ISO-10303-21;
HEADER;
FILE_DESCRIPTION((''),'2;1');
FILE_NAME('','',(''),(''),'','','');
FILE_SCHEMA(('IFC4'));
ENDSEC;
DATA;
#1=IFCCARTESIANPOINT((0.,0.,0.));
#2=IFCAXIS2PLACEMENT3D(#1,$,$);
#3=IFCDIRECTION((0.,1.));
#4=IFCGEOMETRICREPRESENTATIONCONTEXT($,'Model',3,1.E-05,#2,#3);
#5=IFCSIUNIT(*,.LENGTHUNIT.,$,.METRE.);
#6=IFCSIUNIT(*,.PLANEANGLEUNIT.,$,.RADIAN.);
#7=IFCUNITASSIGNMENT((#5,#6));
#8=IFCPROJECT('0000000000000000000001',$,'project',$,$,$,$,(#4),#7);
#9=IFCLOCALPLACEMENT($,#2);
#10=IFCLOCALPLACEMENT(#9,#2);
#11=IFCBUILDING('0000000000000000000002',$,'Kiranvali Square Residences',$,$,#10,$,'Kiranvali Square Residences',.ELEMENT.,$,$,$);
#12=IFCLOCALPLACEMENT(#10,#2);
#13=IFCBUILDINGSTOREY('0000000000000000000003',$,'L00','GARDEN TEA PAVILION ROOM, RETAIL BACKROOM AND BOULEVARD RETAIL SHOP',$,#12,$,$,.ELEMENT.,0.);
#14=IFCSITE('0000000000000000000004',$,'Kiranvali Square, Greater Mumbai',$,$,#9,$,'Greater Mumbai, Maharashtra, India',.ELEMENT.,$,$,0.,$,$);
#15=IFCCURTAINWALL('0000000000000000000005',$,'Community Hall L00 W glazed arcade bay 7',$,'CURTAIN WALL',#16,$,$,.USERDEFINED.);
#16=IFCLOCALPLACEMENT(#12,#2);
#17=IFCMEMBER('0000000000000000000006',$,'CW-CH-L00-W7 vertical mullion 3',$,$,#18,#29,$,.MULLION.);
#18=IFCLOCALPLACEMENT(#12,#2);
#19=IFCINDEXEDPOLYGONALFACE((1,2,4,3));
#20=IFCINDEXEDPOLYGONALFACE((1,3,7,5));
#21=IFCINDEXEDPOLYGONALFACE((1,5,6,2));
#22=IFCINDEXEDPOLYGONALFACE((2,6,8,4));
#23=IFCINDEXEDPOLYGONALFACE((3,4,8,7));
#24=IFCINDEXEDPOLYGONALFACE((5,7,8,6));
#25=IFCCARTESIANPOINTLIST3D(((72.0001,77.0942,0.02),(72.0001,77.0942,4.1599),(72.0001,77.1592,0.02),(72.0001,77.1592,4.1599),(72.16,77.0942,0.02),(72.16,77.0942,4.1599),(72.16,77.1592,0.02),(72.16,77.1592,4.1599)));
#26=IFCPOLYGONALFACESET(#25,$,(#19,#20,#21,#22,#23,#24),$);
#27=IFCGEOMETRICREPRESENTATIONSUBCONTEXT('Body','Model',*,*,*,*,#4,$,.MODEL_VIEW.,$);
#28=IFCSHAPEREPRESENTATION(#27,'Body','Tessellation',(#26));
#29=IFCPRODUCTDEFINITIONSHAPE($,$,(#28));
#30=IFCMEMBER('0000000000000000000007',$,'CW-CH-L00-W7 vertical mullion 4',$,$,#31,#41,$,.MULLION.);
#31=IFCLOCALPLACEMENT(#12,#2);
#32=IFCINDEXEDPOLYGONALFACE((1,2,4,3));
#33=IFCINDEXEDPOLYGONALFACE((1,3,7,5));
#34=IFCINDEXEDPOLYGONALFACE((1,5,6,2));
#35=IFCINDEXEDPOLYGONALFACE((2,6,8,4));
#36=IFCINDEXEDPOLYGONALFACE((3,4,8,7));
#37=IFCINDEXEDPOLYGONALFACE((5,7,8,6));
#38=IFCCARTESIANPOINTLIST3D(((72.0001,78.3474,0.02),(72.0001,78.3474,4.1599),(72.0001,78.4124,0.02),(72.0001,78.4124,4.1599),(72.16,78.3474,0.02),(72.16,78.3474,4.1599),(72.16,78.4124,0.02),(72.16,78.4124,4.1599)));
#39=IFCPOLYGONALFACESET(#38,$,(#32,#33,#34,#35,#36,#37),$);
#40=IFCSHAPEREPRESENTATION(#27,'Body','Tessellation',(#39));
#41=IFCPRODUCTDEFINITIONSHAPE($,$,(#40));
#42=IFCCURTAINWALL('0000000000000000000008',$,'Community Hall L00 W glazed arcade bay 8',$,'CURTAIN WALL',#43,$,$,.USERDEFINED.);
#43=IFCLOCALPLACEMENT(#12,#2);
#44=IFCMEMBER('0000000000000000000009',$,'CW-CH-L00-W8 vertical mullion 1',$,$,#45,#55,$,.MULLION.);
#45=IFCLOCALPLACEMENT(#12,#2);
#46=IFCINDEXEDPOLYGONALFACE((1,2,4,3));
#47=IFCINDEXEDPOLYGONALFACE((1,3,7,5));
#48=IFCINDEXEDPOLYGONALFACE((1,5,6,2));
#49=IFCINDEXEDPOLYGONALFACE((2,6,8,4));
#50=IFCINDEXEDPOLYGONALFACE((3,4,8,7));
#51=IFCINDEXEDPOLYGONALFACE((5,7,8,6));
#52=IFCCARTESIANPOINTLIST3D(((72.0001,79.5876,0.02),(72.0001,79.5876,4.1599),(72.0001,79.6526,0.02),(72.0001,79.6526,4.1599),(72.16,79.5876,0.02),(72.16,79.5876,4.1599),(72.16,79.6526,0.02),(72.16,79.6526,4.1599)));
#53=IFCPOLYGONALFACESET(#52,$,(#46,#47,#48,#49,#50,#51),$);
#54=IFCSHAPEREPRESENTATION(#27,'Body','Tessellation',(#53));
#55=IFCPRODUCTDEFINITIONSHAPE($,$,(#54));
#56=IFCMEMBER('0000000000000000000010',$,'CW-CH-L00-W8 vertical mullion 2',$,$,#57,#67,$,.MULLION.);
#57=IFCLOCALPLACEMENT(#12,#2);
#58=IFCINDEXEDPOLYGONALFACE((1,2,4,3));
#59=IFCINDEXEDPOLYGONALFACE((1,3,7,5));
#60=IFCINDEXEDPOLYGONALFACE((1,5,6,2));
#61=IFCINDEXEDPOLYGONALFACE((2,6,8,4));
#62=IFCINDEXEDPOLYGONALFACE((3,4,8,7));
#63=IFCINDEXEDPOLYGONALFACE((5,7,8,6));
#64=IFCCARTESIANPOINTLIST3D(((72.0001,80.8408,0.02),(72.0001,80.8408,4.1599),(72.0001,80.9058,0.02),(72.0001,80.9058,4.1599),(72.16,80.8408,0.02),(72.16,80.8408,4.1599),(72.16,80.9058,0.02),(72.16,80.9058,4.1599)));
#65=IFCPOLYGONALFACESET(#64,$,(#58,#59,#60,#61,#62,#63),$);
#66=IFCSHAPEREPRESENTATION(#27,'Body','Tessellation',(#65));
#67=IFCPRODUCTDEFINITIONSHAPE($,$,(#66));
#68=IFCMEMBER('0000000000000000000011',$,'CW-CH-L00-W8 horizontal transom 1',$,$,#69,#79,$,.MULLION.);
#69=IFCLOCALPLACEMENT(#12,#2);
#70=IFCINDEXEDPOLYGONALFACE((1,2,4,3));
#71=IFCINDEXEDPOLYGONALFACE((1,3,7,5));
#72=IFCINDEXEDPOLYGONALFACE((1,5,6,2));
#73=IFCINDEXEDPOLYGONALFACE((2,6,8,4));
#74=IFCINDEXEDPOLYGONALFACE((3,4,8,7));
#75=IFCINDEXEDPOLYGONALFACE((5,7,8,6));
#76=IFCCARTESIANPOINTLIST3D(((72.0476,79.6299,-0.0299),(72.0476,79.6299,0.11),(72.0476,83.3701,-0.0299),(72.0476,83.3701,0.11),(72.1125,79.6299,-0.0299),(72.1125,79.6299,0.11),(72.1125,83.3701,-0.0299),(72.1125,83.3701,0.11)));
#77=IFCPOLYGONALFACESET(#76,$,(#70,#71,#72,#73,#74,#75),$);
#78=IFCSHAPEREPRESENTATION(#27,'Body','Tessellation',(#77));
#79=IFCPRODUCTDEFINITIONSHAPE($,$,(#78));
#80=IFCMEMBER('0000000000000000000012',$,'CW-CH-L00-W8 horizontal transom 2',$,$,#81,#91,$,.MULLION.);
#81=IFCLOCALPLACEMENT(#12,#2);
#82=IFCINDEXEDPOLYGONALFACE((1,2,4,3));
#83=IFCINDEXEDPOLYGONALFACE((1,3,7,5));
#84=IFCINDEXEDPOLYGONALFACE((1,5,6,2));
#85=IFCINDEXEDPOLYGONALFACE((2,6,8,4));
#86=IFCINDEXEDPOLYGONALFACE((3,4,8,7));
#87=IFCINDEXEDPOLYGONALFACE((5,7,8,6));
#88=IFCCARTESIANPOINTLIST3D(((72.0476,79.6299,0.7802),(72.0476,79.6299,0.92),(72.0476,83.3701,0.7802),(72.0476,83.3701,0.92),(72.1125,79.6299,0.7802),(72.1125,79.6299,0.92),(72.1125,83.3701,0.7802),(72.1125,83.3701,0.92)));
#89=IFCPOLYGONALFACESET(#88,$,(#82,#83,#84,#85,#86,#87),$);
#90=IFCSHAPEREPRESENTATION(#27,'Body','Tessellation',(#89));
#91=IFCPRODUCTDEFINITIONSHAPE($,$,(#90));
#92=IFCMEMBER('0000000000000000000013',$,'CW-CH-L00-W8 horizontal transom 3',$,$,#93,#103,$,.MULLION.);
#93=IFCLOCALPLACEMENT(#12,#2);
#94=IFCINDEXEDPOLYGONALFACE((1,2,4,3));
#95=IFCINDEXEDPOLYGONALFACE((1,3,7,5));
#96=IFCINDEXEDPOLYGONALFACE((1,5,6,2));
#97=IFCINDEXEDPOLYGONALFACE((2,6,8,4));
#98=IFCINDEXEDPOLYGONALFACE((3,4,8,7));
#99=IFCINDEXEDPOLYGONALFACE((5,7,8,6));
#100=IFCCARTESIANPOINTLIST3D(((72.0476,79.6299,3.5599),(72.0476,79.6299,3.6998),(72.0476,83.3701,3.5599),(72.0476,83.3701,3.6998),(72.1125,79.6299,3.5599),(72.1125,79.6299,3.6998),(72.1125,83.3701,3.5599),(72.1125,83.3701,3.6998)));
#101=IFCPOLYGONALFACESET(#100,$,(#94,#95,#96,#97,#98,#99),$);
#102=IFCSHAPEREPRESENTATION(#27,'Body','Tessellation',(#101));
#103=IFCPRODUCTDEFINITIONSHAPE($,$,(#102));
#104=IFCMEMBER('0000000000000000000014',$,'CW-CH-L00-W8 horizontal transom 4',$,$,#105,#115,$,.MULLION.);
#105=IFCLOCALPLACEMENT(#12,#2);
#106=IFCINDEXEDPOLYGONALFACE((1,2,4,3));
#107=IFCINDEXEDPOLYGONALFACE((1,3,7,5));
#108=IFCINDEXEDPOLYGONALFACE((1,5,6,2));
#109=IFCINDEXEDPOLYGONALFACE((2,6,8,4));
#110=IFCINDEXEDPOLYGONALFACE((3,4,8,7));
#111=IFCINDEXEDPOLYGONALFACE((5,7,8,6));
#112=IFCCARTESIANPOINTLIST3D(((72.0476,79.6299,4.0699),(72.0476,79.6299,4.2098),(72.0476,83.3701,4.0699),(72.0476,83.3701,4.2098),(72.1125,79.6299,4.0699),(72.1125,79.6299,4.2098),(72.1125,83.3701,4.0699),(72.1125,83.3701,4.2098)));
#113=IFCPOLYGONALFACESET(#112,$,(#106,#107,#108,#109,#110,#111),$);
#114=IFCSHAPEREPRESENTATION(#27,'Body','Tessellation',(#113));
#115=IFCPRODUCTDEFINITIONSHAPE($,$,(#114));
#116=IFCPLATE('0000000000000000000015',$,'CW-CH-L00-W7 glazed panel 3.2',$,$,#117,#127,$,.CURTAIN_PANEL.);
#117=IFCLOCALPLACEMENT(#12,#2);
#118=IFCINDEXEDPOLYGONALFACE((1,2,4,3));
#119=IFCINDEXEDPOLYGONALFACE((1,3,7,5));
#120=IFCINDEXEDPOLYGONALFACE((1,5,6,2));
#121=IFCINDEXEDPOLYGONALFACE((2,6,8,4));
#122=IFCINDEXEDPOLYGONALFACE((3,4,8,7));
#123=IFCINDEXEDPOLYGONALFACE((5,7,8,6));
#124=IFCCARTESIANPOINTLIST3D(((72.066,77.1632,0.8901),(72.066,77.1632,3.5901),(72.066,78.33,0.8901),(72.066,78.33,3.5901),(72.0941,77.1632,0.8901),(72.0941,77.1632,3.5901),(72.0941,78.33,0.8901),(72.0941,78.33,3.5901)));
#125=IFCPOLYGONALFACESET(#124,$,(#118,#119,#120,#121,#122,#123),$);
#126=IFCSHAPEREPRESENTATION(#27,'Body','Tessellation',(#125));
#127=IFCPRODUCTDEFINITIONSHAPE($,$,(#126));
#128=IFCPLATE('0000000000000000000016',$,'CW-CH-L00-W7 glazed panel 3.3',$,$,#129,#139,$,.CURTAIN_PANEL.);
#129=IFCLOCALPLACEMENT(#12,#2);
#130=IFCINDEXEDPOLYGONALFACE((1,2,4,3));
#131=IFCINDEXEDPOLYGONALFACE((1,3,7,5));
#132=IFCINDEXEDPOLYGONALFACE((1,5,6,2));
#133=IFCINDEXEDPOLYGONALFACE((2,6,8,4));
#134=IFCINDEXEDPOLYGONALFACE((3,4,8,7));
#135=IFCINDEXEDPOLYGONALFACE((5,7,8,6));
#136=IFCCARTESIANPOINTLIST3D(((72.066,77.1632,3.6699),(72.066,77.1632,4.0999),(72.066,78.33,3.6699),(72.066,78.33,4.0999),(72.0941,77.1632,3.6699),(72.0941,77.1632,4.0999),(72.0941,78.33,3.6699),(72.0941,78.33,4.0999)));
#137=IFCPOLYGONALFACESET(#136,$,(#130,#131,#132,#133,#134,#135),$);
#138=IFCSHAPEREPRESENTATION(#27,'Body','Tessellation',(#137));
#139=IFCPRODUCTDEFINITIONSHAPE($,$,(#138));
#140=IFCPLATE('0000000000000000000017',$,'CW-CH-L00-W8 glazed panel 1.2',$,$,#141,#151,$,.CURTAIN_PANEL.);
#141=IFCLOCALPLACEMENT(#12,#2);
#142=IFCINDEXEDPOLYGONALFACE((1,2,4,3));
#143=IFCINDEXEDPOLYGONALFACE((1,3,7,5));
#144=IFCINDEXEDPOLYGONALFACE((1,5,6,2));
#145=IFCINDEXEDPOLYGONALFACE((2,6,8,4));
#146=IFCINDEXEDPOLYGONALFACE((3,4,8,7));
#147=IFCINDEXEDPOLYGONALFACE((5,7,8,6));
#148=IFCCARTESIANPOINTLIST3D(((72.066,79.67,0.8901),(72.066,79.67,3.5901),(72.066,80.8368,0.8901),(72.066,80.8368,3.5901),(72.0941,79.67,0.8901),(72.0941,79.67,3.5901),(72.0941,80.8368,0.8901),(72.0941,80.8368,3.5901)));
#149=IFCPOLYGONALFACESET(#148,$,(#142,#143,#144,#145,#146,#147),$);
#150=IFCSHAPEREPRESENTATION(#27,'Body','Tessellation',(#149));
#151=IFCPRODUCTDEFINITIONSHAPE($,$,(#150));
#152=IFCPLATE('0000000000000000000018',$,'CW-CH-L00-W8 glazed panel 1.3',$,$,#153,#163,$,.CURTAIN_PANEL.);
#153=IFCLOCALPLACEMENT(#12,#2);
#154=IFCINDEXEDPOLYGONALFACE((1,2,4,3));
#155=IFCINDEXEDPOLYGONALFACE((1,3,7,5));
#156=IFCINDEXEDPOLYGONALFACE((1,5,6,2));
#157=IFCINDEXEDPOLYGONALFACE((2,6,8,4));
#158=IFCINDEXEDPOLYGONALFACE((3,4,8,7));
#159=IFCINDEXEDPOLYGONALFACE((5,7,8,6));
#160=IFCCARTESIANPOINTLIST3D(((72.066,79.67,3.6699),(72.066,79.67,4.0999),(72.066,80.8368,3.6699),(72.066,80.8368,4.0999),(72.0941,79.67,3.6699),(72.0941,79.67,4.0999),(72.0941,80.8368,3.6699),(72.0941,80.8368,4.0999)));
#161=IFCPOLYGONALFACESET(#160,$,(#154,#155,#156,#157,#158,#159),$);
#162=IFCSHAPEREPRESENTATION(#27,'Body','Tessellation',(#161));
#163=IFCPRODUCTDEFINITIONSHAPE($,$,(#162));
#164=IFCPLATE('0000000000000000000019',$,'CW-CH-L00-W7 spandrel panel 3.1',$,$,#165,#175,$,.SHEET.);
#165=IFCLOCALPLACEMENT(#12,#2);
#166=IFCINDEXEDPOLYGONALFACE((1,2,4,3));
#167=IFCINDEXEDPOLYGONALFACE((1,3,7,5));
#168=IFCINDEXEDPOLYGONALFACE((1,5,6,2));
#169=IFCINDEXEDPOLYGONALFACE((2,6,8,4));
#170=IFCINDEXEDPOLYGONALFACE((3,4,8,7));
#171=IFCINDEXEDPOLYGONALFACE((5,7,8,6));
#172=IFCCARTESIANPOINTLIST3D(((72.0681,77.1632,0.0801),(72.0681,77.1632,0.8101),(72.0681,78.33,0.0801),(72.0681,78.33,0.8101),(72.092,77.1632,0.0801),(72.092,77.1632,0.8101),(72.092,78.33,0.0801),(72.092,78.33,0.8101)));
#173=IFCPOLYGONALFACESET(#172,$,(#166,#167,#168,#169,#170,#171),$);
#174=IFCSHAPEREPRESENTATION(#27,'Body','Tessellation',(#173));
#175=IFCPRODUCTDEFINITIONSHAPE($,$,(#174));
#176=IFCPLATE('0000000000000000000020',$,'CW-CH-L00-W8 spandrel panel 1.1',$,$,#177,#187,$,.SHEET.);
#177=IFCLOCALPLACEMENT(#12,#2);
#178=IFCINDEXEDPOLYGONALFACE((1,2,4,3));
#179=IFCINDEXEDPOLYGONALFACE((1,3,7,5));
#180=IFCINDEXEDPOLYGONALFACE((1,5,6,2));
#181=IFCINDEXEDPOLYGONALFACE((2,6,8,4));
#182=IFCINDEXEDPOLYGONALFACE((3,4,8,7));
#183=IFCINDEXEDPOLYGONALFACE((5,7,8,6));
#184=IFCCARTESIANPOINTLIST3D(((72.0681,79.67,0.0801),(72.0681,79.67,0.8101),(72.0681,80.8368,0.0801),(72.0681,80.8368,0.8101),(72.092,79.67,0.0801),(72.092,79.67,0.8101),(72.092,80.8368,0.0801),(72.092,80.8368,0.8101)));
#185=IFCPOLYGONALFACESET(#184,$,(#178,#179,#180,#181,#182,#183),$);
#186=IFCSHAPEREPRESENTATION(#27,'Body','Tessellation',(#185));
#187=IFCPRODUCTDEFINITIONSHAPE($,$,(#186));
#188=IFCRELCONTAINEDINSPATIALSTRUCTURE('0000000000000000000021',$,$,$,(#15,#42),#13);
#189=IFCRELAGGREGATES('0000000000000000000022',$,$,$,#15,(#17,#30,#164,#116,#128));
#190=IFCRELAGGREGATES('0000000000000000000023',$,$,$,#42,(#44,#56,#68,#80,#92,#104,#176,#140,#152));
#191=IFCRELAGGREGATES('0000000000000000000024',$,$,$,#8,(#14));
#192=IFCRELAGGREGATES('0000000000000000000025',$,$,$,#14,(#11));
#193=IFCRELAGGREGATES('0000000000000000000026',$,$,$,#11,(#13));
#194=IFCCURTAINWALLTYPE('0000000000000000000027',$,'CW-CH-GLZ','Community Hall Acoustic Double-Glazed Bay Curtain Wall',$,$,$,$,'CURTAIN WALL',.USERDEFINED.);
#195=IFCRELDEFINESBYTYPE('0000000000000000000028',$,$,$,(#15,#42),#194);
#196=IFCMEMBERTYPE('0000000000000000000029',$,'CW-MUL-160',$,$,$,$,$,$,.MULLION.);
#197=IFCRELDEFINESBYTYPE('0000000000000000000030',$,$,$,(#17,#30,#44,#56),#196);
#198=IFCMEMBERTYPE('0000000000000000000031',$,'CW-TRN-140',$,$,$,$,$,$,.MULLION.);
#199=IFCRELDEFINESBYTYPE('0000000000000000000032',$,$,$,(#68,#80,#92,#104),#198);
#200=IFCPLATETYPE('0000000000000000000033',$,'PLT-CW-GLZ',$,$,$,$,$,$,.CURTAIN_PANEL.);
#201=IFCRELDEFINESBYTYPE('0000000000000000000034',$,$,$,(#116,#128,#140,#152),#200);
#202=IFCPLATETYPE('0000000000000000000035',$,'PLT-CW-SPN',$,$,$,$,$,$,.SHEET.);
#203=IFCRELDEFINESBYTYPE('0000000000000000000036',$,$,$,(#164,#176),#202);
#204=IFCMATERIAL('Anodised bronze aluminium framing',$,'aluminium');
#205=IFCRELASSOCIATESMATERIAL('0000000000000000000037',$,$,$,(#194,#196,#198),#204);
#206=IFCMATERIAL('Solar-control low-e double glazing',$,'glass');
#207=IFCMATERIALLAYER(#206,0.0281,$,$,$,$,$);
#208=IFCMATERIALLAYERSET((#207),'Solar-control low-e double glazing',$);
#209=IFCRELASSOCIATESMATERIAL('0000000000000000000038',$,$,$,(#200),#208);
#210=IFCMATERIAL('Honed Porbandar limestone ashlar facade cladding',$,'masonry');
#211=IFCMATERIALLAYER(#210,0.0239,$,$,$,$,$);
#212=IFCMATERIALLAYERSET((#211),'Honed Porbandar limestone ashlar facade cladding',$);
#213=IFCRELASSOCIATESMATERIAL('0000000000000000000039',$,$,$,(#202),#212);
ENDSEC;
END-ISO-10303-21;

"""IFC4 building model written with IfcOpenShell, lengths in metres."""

from ifc_helpers import new_model, si_unit, direction, frame, origin, origin_2d, place, context, subcontext, project, spatial, rectangle, extrude, material, layer, layer_set, material_profile, profile_set, type_object, element, aggregate, save


model = new_model("IFC4")

# Units and contexts
model_context = context("Model", 3, precision=1e-05, world=origin(), true_north=direction((0.0, 1.0)))
body_context = subcontext(model_context, "Body", "Model", "MODEL_VIEW")
ifc_project = project(units=[si_unit("LENGTHUNIT", "METRE"), si_unit("PLANEANGLEUNIT", "RADIAN")], contexts=[model_context])

# Site, building, storey
site_placement = place(None, origin())
site = spatial("IfcSite", under=ifc_project, at=site_placement, Name="Kiranvali Square, Greater Mumbai", LongName="Greater Mumbai, Maharashtra, India", CompositionType="ELEMENT", RefElevation=0.0)
building_placement = place(site_placement, origin())
building = spatial("IfcBuilding", under=site, at=building_placement, Name="Kiranvali Square Residences", LongName="Kiranvali Square Residences", CompositionType="ELEMENT")
storey_placement = place(building_placement, origin())
storey = spatial("IfcBuildingStorey", under=building, at=storey_placement, Name="L00", Description="GARDEN TEA PAVILION ROOM, RETAIL BACKROOM AND BOULEVARD RETAIL SHOP", CompositionType="ELEMENT", Elevation=0.0)

# Curtain walls, members
ifc_material_1 = material(Name="Anodised bronze aluminium framing", Category="aluminium")
curtain_wall_type = type_object("IfcCurtainWallType", Name="CW-CH-GLZ", Description="Community Hall Acoustic Double-Glazed Bay Curtain Wall", ElementType="CURTAIN WALL", PredefinedType="USERDEFINED", material=ifc_material_1)
curtain_wall_1_placement = place(storey_placement, origin())
curtain_wall_1 = element("IfcCurtainWall", 1, at=curtain_wall_1_placement, inside=storey, type_object=curtain_wall_type, Name="Community Hall L00 W glazed arcade bay 7", ObjectType="CURTAIN WALL", PredefinedType="USERDEFINED")
ifc_material_profile_1 = material_profile(ifc_material_1, rectangle(XDim=0.0649, YDim=0.1599, at=origin_2d()), Name="ALU 65x160")
ifc_profile_set_1 = profile_set([ifc_material_profile_1], Name="Anodised bronze aluminium framing")
member_type_1 = type_object("IfcMemberType", Name="CW-MUL-160", PredefinedType="MULLION", material=ifc_profile_set_1)
member_1_placement = place(storey_placement, frame((72.0801, 77.1267, 0.02), z_axis=(0.0, 0.0, 1.0), x_axis=(0.0, 1.0, 0.0)))
member_1 = element("IfcMember", 2, at=member_1_placement, type_object=member_type_1, Name="CW-CH-L00-W7 vertical mullion 3", PredefinedType="MULLION", context=body_context, shape_type="SweptSolid", body=[
    extrude(rectangle(XDim=0.0649, YDim=0.1599, at=origin_2d()), origin(), (0.0, 0.0, 1.0), 4.1399),
])
member_2_placement = place(storey_placement, frame((72.0801, 78.3799, 0.02), z_axis=(0.0, 0.0, 1.0), x_axis=(0.0, 1.0, 0.0)))
member_2 = element("IfcMember", 3, at=member_2_placement, type_object=member_type_1, Name="CW-CH-L00-W7 vertical mullion 4", PredefinedType="MULLION", context=body_context, shape_type="SweptSolid", body=[
    extrude(rectangle(XDim=0.0649, YDim=0.1599, at=origin_2d()), origin(), (0.0, 0.0, 1.0), 4.1399),
])
curtain_wall_2_placement = place(storey_placement, origin())
curtain_wall_2 = element("IfcCurtainWall", 4, at=curtain_wall_2_placement, inside=storey, type_object=curtain_wall_type, Name="Community Hall L00 W glazed arcade bay 8", ObjectType="CURTAIN WALL", PredefinedType="USERDEFINED")
member_3_placement = place(storey_placement, frame((72.0801, 79.6201, 0.02), z_axis=(0.0, 0.0, 1.0), x_axis=(0.0, 1.0, 0.0)))
member_3 = element("IfcMember", 5, at=member_3_placement, type_object=member_type_1, Name="CW-CH-L00-W8 vertical mullion 1", PredefinedType="MULLION", context=body_context, shape_type="SweptSolid", body=[
    extrude(rectangle(XDim=0.0649, YDim=0.1599, at=origin_2d()), origin(), (0.0, 0.0, 1.0), 4.1399),
])
member_4_placement = place(storey_placement, frame((72.0801, 80.8733, 0.02), z_axis=(0.0, 0.0, 1.0), x_axis=(0.0, 1.0, 0.0)))
member_4 = element("IfcMember", 6, at=member_4_placement, type_object=member_type_1, Name="CW-CH-L00-W8 vertical mullion 2", PredefinedType="MULLION", context=body_context, shape_type="SweptSolid", body=[
    extrude(rectangle(XDim=0.0649, YDim=0.1599, at=origin_2d()), origin(), (0.0, 0.0, 1.0), 4.1399),
])
ifc_material_profile_2 = material_profile(ifc_material_1, rectangle(XDim=0.0649, YDim=0.1399, at=origin_2d()), Name="ALU 65x140")
ifc_profile_set_2 = profile_set([ifc_material_profile_2], Name="Anodised bronze aluminium framing")
member_type_2 = type_object("IfcMemberType", Name="CW-TRN-140", PredefinedType="MULLION", material=ifc_profile_set_2)
member_5_placement = place(storey_placement, frame((72.0801, 79.6299, 0.04), z_axis=(0.0, 1.0, 0.0), x_axis=(-1.0, 0.0, 0.0)))
member_5 = element("IfcMember", 7, at=member_5_placement, type_object=member_type_2, Name="CW-CH-L00-W8 horizontal transom 1", PredefinedType="MULLION", context=body_context, shape_type="SweptSolid", body=[
    extrude(rectangle(XDim=0.0649, YDim=0.1399, at=origin_2d()), origin(), (0.0, 0.0, 1.0), 3.7402),
])
member_6_placement = place(storey_placement, frame((72.0801, 79.6299, 0.8501), z_axis=(0.0, 1.0, 0.0), x_axis=(-1.0, 0.0, 0.0)))
member_6 = element("IfcMember", 8, at=member_6_placement, type_object=member_type_2, Name="CW-CH-L00-W8 horizontal transom 2", PredefinedType="MULLION", context=body_context, shape_type="SweptSolid", body=[
    extrude(rectangle(XDim=0.0649, YDim=0.1399, at=origin_2d()), origin(), (0.0, 0.0, 1.0), 3.7402),
])
member_7_placement = place(storey_placement, frame((72.0801, 79.6299, 3.6299), z_axis=(0.0, 1.0, 0.0), x_axis=(-1.0, 0.0, 0.0)))
member_7 = element("IfcMember", 9, at=member_7_placement, type_object=member_type_2, Name="CW-CH-L00-W8 horizontal transom 3", PredefinedType="MULLION", context=body_context, shape_type="SweptSolid", body=[
    extrude(rectangle(XDim=0.0649, YDim=0.1399, at=origin_2d()), origin(), (0.0, 0.0, 1.0), 3.7402),
])
member_8_placement = place(storey_placement, frame((72.0801, 79.6299, 4.1399), z_axis=(0.0, 1.0, 0.0), x_axis=(-1.0, 0.0, 0.0)))
member_8 = element("IfcMember", 10, at=member_8_placement, type_object=member_type_2, Name="CW-CH-L00-W8 horizontal transom 4", PredefinedType="MULLION", context=body_context, shape_type="SweptSolid", body=[
    extrude(rectangle(XDim=0.0649, YDim=0.1399, at=origin_2d()), origin(), (0.0, 0.0, 1.0), 3.7402),
])

# Plates
ifc_material_2 = material(Name="Solar-control low-e double glazing", Category="glass")
ifc_layer_1 = layer(ifc_material_2, 0.0281)
ifc_layer_set_1 = layer_set([ifc_layer_1], Name="Solar-control low-e double glazing")
plate_type_1 = type_object("IfcPlateType", Name="PLT-CW-GLZ", PredefinedType="CURTAIN_PANEL", material=ifc_layer_set_1)
plate_1_placement = place(storey_placement, frame((72.0801, 77.7466, 0.8901), z_axis=(0.0, 0.0, 1.0), x_axis=(0.0, 1.0, 0.0)))
plate_1 = element("IfcPlate", 11, at=plate_1_placement, type_object=plate_type_1, Name="CW-CH-L00-W7 glazed panel 3.2", PredefinedType="CURTAIN_PANEL", context=body_context, shape_type="SweptSolid", body=[
    extrude(rectangle(XDim=1.1667, YDim=0.0281, at=origin_2d()), origin(), (0.0, 0.0, 1.0), 2.7),
])
plate_2_placement = place(storey_placement, frame((72.0801, 77.7466, 3.6699), z_axis=(0.0, 0.0, 1.0), x_axis=(0.0, 1.0, 0.0)))
plate_2 = element("IfcPlate", 12, at=plate_2_placement, type_object=plate_type_1, Name="CW-CH-L00-W7 glazed panel 3.3", PredefinedType="CURTAIN_PANEL", context=body_context, shape_type="SweptSolid", body=[
    extrude(rectangle(XDim=1.1667, YDim=0.0281, at=origin_2d()), origin(), (0.0, 0.0, 1.0), 0.4299),
])
plate_3_placement = place(storey_placement, frame((72.0801, 80.2534, 0.8901), z_axis=(0.0, 0.0, 1.0), x_axis=(0.0, 1.0, 0.0)))
plate_3 = element("IfcPlate", 13, at=plate_3_placement, type_object=plate_type_1, Name="CW-CH-L00-W8 glazed panel 1.2", PredefinedType="CURTAIN_PANEL", context=body_context, shape_type="SweptSolid", body=[
    extrude(rectangle(XDim=1.1667, YDim=0.0281, at=origin_2d()), origin(), (0.0, 0.0, 1.0), 2.7),
])
plate_4_placement = place(storey_placement, frame((72.0801, 80.2534, 3.6699), z_axis=(0.0, 0.0, 1.0), x_axis=(0.0, 1.0, 0.0)))
plate_4 = element("IfcPlate", 14, at=plate_4_placement, type_object=plate_type_1, Name="CW-CH-L00-W8 glazed panel 1.3", PredefinedType="CURTAIN_PANEL", context=body_context, shape_type="SweptSolid", body=[
    extrude(rectangle(XDim=1.1667, YDim=0.0281, at=origin_2d()), origin(), (0.0, 0.0, 1.0), 0.4299),
])
ifc_material_3 = material(Name="Honed Porbandar limestone ashlar facade cladding", Category="masonry")
ifc_layer_2 = layer(ifc_material_3, 0.0239)
ifc_layer_set_2 = layer_set([ifc_layer_2], Name="Honed Porbandar limestone ashlar facade cladding")
plate_type_2 = type_object("IfcPlateType", Name="PLT-CW-SPN", PredefinedType="SHEET", material=ifc_layer_set_2)
plate_5_placement = place(storey_placement, frame((72.0801, 77.7466, 0.0801), z_axis=(0.0, 0.0, 1.0), x_axis=(0.0, 1.0, 0.0)))
plate_5 = element("IfcPlate", 15, at=plate_5_placement, type_object=plate_type_2, Name="CW-CH-L00-W7 spandrel panel 3.1", PredefinedType="SHEET", context=body_context, shape_type="SweptSolid", body=[
    extrude(rectangle(XDim=1.1667, YDim=0.0239, at=origin_2d()), origin(), (0.0, 0.0, 1.0), 0.73),
])
aggregate(curtain_wall_1, [member_1, member_2, plate_5, plate_1, plate_2])
plate_6_placement = place(storey_placement, frame((72.0801, 80.2534, 0.0801), z_axis=(0.0, 0.0, 1.0), x_axis=(0.0, 1.0, 0.0)))
plate_6 = element("IfcPlate", 16, at=plate_6_placement, type_object=plate_type_2, Name="CW-CH-L00-W8 spandrel panel 1.1", PredefinedType="SHEET", context=body_context, shape_type="SweptSolid", body=[
    extrude(rectangle(XDim=1.1667, YDim=0.0239, at=origin_2d()), origin(), (0.0, 0.0, 1.0), 0.73),
])
aggregate(curtain_wall_2, [member_3, member_4, member_5, member_6, member_7, member_8, plate_6, plate_3, plate_4])

save(model, "model.ifc")
